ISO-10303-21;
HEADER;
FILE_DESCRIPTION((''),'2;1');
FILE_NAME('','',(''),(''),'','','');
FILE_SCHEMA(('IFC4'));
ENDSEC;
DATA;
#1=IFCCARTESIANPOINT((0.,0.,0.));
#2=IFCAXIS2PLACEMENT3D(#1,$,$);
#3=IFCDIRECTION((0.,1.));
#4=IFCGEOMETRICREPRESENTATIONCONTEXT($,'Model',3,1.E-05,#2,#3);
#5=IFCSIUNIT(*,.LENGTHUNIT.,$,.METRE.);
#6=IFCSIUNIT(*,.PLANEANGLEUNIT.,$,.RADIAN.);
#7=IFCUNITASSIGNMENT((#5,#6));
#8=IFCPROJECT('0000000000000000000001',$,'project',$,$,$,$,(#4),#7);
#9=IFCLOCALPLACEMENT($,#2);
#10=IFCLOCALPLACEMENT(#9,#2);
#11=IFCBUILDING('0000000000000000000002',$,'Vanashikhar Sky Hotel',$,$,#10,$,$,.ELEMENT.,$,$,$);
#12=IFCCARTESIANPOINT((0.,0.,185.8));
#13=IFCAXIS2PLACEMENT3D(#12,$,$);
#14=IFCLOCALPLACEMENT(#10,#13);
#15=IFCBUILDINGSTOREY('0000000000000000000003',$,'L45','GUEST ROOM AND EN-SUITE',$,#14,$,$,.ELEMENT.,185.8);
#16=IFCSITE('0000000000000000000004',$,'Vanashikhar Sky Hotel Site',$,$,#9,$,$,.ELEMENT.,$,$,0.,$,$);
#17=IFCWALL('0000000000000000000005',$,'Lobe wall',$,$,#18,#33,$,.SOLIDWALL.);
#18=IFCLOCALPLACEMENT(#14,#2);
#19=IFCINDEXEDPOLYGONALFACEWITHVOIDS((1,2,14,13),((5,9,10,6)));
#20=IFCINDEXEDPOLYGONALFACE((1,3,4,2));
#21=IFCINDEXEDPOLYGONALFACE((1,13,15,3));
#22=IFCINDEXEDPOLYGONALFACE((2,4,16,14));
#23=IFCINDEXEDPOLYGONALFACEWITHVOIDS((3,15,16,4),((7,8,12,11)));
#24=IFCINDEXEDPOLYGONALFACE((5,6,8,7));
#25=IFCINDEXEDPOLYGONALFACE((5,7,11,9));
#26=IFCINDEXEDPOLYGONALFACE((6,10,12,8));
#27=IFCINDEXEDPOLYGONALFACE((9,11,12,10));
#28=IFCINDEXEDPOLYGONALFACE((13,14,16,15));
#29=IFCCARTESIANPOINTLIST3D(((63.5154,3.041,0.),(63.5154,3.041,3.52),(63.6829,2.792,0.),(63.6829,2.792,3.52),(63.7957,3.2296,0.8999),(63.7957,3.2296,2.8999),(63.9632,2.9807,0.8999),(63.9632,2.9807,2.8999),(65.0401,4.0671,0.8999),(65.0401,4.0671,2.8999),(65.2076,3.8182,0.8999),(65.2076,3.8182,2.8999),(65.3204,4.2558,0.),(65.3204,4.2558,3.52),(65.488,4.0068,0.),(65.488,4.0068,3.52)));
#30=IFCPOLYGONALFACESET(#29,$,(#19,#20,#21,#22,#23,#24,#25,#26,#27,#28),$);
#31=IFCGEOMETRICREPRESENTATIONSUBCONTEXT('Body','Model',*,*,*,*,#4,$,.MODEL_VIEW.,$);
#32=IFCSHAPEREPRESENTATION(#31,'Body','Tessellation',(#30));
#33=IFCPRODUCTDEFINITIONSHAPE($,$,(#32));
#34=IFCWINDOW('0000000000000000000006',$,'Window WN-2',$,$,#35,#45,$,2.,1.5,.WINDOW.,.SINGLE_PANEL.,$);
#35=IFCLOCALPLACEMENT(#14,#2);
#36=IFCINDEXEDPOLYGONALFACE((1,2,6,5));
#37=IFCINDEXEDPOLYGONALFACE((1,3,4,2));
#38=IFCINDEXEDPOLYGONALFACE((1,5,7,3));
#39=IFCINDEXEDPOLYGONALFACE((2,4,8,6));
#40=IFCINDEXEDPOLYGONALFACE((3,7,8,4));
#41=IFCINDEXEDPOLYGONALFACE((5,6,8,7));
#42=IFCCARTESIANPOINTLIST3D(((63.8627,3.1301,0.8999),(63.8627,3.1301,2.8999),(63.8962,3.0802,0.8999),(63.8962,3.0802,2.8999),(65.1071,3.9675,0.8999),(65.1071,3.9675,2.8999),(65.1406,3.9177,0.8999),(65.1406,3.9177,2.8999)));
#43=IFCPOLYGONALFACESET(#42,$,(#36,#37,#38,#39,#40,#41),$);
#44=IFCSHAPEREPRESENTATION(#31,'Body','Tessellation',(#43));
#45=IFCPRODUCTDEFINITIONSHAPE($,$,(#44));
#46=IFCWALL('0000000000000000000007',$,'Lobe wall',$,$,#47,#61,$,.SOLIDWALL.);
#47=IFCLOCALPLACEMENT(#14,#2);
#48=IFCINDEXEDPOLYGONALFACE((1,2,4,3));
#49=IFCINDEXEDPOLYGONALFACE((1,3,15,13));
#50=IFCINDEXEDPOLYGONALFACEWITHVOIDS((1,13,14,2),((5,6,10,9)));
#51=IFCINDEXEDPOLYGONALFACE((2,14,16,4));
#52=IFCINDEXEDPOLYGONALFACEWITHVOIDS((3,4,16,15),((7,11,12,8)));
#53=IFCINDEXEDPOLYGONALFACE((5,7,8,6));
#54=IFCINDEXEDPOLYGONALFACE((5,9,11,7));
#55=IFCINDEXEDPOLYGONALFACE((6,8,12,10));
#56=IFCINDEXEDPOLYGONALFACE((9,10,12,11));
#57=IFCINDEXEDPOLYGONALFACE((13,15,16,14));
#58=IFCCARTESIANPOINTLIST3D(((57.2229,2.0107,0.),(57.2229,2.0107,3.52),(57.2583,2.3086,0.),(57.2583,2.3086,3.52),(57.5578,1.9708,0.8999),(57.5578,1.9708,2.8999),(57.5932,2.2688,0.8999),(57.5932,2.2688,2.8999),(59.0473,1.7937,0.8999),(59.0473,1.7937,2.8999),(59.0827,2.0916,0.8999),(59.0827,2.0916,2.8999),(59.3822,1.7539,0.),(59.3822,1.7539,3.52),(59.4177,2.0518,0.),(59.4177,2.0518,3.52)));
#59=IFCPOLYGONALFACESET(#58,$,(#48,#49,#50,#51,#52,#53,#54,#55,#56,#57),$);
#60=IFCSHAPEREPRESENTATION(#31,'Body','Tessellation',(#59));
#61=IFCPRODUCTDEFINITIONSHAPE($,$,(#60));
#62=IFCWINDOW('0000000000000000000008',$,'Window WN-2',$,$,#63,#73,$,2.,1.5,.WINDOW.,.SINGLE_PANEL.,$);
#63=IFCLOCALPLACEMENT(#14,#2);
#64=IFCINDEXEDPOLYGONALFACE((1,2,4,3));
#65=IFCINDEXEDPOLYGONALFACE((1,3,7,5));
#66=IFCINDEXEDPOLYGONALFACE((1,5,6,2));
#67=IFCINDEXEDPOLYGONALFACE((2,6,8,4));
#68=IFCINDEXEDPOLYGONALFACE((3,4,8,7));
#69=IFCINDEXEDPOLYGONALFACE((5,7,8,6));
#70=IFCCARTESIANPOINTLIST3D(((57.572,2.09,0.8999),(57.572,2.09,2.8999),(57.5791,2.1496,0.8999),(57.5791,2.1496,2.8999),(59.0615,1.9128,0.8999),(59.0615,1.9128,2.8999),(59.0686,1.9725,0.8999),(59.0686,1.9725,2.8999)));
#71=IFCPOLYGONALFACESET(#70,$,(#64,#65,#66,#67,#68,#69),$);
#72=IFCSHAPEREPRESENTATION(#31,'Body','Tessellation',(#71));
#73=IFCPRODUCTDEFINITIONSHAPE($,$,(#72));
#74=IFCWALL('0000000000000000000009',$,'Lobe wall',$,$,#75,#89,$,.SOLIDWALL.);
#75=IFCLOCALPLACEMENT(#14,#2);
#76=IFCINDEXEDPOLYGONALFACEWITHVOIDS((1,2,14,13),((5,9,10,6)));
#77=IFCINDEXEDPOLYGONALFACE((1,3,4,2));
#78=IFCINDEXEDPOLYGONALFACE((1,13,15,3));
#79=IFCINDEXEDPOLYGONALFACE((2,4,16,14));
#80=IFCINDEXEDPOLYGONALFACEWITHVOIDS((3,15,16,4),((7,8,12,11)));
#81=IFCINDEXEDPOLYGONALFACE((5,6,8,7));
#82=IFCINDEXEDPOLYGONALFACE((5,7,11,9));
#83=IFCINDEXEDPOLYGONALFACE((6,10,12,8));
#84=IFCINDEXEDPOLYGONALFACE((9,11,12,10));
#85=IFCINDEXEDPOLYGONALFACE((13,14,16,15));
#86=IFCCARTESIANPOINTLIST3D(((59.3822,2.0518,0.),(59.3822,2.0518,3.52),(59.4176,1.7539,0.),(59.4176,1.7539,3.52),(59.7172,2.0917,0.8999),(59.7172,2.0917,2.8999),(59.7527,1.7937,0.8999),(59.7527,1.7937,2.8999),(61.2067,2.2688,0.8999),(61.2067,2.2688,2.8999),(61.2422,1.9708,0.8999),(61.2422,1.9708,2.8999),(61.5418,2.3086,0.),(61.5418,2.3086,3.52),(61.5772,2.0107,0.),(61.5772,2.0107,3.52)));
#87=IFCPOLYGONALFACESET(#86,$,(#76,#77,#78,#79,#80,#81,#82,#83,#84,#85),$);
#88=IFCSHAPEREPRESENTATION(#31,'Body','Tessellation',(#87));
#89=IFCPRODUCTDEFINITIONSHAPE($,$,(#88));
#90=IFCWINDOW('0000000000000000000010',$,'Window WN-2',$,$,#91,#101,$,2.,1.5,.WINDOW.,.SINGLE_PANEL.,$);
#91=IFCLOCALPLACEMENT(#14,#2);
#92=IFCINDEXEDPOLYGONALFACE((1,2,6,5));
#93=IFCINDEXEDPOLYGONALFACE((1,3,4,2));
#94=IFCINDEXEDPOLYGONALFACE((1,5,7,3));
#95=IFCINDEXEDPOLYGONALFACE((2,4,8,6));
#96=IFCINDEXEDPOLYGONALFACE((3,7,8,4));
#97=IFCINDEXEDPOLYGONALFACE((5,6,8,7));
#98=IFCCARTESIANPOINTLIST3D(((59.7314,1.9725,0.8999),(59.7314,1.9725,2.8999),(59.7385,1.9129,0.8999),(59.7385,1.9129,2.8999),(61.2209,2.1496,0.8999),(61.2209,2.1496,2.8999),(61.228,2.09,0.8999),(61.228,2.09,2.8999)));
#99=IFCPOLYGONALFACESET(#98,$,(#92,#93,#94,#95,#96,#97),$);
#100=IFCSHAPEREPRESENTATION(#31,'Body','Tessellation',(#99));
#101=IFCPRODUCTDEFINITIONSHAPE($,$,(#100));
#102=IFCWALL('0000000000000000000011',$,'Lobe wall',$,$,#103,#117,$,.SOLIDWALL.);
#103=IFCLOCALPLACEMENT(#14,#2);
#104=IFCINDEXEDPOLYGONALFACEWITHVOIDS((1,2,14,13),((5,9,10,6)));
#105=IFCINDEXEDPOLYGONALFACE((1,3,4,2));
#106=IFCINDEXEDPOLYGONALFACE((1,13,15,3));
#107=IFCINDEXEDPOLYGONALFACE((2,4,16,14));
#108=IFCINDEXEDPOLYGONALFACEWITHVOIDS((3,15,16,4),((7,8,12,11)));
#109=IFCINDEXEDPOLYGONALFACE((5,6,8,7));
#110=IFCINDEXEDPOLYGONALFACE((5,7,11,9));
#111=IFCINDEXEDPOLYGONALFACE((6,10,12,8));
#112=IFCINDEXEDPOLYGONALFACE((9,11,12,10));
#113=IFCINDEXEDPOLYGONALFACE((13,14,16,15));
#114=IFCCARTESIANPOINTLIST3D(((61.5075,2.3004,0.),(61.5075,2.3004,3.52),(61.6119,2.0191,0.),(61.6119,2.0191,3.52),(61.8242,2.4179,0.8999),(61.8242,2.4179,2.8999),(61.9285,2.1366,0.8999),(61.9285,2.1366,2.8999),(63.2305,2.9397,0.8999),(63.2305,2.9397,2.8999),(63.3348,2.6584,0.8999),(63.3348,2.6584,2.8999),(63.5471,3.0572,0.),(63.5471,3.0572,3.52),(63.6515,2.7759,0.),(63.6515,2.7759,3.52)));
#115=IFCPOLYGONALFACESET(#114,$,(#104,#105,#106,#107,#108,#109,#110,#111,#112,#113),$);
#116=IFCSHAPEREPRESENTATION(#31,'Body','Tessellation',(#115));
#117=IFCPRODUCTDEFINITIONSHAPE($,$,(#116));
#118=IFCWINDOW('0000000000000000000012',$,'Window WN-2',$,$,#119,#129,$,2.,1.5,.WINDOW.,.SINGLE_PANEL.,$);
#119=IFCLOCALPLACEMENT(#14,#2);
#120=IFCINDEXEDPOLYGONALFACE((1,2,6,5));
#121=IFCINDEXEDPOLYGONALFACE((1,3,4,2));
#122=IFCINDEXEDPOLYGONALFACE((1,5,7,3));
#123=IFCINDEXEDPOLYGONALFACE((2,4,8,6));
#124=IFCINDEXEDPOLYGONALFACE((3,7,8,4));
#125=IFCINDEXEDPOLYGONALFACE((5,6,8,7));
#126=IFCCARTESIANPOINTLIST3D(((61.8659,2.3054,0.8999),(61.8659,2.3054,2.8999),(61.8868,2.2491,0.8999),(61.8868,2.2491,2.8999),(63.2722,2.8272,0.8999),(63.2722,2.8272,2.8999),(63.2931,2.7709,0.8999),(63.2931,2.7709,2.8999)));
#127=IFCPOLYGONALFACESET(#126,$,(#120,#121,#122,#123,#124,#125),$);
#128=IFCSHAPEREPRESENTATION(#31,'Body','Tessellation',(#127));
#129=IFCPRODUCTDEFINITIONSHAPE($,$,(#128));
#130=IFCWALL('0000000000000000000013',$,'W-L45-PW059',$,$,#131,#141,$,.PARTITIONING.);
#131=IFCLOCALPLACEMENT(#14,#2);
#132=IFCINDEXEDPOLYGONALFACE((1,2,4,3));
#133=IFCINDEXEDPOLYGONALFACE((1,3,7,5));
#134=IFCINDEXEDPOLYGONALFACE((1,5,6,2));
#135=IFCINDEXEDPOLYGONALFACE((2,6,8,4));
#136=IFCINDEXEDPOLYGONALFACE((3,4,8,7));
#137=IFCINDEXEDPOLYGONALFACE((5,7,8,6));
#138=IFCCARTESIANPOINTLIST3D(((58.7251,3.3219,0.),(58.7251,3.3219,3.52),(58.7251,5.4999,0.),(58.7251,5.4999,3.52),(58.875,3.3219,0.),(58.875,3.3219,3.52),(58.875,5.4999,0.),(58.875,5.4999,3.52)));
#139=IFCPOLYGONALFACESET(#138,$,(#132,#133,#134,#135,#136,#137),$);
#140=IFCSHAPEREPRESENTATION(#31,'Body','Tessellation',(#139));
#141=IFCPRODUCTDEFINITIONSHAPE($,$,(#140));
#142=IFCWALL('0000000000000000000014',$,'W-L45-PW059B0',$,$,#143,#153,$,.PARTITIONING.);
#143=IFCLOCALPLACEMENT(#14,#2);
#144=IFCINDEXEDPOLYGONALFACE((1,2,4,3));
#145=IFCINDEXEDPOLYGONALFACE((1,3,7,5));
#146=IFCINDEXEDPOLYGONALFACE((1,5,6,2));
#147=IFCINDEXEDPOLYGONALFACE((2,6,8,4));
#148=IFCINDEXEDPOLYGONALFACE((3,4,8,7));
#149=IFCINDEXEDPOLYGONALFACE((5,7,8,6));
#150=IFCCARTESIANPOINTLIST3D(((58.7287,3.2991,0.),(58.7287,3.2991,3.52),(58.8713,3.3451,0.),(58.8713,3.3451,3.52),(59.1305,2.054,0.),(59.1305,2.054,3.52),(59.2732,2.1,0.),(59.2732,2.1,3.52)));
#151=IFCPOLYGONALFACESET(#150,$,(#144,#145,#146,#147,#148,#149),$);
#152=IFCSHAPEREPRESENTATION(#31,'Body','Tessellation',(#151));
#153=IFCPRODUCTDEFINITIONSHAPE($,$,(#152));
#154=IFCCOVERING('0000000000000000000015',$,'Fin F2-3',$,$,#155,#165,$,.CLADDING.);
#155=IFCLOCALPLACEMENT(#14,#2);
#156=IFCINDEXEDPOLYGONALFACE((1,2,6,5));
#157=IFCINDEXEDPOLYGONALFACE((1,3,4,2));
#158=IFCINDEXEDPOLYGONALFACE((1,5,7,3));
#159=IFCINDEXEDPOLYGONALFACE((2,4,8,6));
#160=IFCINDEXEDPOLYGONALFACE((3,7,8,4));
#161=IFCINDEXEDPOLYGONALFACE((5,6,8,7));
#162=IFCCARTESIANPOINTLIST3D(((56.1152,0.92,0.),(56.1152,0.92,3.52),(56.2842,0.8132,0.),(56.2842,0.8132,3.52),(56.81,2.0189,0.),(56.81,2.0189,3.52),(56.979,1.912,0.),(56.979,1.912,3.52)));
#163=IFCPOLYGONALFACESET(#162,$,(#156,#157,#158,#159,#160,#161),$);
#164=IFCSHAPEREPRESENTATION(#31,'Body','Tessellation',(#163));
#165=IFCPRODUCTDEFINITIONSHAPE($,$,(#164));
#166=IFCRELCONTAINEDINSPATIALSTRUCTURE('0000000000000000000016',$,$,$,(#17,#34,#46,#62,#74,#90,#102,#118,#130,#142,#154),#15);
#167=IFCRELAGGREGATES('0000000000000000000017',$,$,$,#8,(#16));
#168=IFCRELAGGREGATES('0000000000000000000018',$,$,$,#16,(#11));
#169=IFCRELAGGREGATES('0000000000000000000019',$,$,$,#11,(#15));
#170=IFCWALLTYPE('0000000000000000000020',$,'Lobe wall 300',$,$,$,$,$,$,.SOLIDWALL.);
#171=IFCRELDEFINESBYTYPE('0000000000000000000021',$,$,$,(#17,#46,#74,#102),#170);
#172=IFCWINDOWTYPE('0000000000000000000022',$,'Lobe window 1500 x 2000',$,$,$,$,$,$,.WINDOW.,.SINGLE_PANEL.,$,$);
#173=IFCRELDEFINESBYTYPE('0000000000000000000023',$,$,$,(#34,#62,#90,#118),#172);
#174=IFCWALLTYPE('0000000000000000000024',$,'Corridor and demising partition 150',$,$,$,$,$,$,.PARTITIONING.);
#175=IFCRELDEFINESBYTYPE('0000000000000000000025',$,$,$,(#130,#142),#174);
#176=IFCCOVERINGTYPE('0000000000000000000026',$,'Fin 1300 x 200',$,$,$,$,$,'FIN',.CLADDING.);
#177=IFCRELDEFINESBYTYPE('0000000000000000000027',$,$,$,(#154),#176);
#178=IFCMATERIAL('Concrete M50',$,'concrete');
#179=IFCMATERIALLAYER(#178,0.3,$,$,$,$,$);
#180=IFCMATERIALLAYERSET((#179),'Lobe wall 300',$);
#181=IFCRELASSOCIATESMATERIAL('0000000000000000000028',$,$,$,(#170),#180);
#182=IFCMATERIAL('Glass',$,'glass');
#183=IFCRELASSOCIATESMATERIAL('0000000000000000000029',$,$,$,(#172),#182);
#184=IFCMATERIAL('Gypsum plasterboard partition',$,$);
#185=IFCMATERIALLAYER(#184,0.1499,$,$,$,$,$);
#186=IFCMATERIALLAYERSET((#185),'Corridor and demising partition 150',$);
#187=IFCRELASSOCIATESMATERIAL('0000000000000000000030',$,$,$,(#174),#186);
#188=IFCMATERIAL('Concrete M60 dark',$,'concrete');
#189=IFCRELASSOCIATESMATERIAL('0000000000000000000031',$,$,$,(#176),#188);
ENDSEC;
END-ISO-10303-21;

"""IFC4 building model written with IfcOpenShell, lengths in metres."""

from ifc_helpers import new_model, si_unit, direction, frame, frame_2d, origin, origin_2d, place, context, subcontext, project, spatial, rectangle, extrude, source, transform, mapped, material, layer, layer_set, material_profile, profile_set, type_object, element, fill, save


model = new_model("IFC4")

# Units and contexts
model_context = context("Model", 3, precision=1e-05, world=origin(), true_north=direction((0.0, 1.0)))
body_context = subcontext(model_context, "Body", "Model", "MODEL_VIEW")
ifc_project = project(units=[si_unit("LENGTHUNIT", "METRE"), si_unit("PLANEANGLEUNIT", "RADIAN")], contexts=[model_context])

# Site, building, storey
site_placement = place(None, origin())
site = spatial("IfcSite", under=ifc_project, at=site_placement, Name="Vanashikhar Sky Hotel Site", CompositionType="ELEMENT", RefElevation=0.0)
building_placement = place(site_placement, origin())
building = spatial("IfcBuilding", under=site, at=building_placement, Name="Vanashikhar Sky Hotel", CompositionType="ELEMENT")
storey_placement = place(building_placement, frame((0.0, 0.0, 185.8)))
storey = spatial("IfcBuildingStorey", under=building, at=storey_placement, Name="L45", Description="GUEST ROOM AND EN-SUITE", CompositionType="ELEMENT", Elevation=185.8)

# Walls, openings, windows
ifc_material_1 = material(Name="Concrete M50", Category="concrete")
ifc_layer_1 = layer(ifc_material_1, 0.3)
ifc_layer_set_1 = layer_set([ifc_layer_1], Name="Lobe wall 300")
wall_type_1 = type_object("IfcWallType", Name="Lobe wall 300", PredefinedType="SOLIDWALL", material=ifc_layer_set_1)
shared_shape_1 = source(origin(), body_context, "Body", "SweptSolid", [
    extrude(rectangle(XDim=2.1758, YDim=0.3, at=frame_2d((1.0879, 0.0))), origin(), (0.0, 0.0, 1.0), 3.52),
])
wall_1_placement = place(storey_placement, frame((63.5991, 2.9165, 0.0), z_axis=(0.0, 0.0, 1.0), x_axis=(0.829626, 0.55832, 0.0)))
wall_1 = element("IfcWall", 1, at=wall_1_placement, inside=storey, type_object=wall_type_1, Name="Lobe wall", PredefinedType="SOLIDWALL", context=body_context, shape_type="MappedRepresentation", body=[
    mapped(shared_shape_1, transform((0.0, 0.0, 0.0), scale=1.0)),
])
shared_shape_2 = source(origin(), body_context, "Body", "SweptSolid", [
    extrude(rectangle(XDim=1.5, YDim=2.0, at=frame_2d((0.75, 1.0))), frame((0.0, 0.1602, 0.0), z_axis=(0.0, -1.0, 0.0), x_axis=(1.0, 0.0, 0.0)), (0.0, 0.0, 1.0), 0.3201),
])
opening_1_placement = place(wall_1_placement, frame((0.3379, 0.0, 0.8999)))
opening_1 = element("IfcOpeningElement", 2, at=opening_1_placement, cuts=wall_1, PredefinedType="OPENING", context=body_context, shape_type="MappedRepresentation", body=[
    mapped(shared_shape_2, transform((0.0, 0.0, 0.0), scale=1.0)),
])
ifc_material_2 = material(Name="Glass", Category="glass")
window_type = type_object("IfcWindowType", Name="Lobe window 1500 x 2000", PartitioningType="SINGLE_PANEL", PredefinedType="WINDOW", material=ifc_material_2)
shared_shape_3 = source(origin(), body_context, "Body", "SweptSolid", [
    extrude(rectangle(XDim=1.5, YDim=2.0, at=frame_2d((0.75, 1.0))), frame((0.0, 0.03, 0.0), z_axis=(0.0, -1.0, 0.0), x_axis=(1.0, 0.0, 0.0)), (0.0, 0.0, 1.0), 0.0601),
])
window_1_placement = place(opening_1_placement, origin())
window_1 = element("IfcWindow", 3, at=window_1_placement, inside=storey, type_object=window_type, Name="Window WN-2", OverallHeight=2.0, OverallWidth=1.5, PartitioningType="SINGLE_PANEL", PredefinedType="WINDOW", context=body_context, shape_type="MappedRepresentation", body=[
    mapped(shared_shape_3, transform((0.0, 0.0, 0.0), scale=1.0)),
])
fill(opening_1, window_1)
shared_shape_4 = source(origin(), body_context, "Body", "SweptSolid", [
    extrude(rectangle(XDim=2.1746, YDim=0.3, at=frame_2d((1.0874, 0.0))), origin(), (0.0, 0.0, 1.0), 3.52),
])
wall_2_placement = place(storey_placement, frame((57.2405, 2.1597, 0.0), z_axis=(0.0, 0.0, 1.0), x_axis=(0.993001, -0.118105, 0.0)))
wall_2 = element("IfcWall", 4, at=wall_2_placement, inside=storey, type_object=wall_type_1, Name="Lobe wall", PredefinedType="SOLIDWALL", context=body_context, shape_type="MappedRepresentation", body=[
    mapped(shared_shape_4, transform((0.0, 0.0, 0.0), scale=1.0)),
])
opening_2_placement = place(wall_2_placement, frame((0.3374, 0.0, 0.8999)))
opening_2 = element("IfcOpeningElement", 5, at=opening_2_placement, cuts=wall_2, PredefinedType="OPENING", context=body_context, shape_type="MappedRepresentation", body=[
    mapped(shared_shape_2, transform((0.0, 0.0, 0.0), scale=1.0)),
])
window_2_placement = place(opening_2_placement, origin())
window_2 = element("IfcWindow", 6, at=window_2_placement, inside=storey, type_object=window_type, Name="Window WN-2", OverallHeight=2.0, OverallWidth=1.5, PartitioningType="SINGLE_PANEL", PredefinedType="WINDOW", context=body_context, shape_type="MappedRepresentation", body=[
    mapped(shared_shape_3, transform((0.0, 0.0, 0.0), scale=1.0)),
])
fill(opening_2, window_2)
shared_shape_5 = source(origin(), body_context, "Body", "SweptSolid", [
    extrude(rectangle(XDim=2.1748, YDim=0.3, at=frame_2d((1.0874, 0.0))), origin(), (0.0, 0.0, 1.0), 3.52),
])
wall_3_placement = place(storey_placement, frame((59.3999, 1.9028, 0.0), z_axis=(0.0, 0.0, 1.0), x_axis=(0.993003, 0.118092, 0.0)))
wall_3 = element("IfcWall", 7, at=wall_3_placement, inside=storey, type_object=wall_type_1, Name="Lobe wall", PredefinedType="SOLIDWALL", context=body_context, shape_type="MappedRepresentation", body=[
    mapped(shared_shape_5, transform((0.0, 0.0, 0.0), scale=1.0)),
])
opening_3_placement = place(wall_3_placement, frame((0.3374, 0.0, 0.8999)))
opening_3 = element("IfcOpeningElement", 8, at=opening_3_placement, cuts=wall_3, PredefinedType="OPENING", context=body_context, shape_type="MappedRepresentation", body=[
    mapped(shared_shape_2, transform((0.0, 0.0, 0.0), scale=1.0)),
])
window_3_placement = place(opening_3_placement, origin())
window_3 = element("IfcWindow", 9, at=window_3_placement, inside=storey, type_object=window_type, Name="Window WN-2", OverallHeight=2.0, OverallWidth=1.5, PartitioningType="SINGLE_PANEL", PredefinedType="WINDOW", context=body_context, shape_type="MappedRepresentation", body=[
    mapped(shared_shape_3, transform((0.0, 0.0, 0.0), scale=1.0)),
])
fill(opening_3, window_3)
shared_shape_6 = source(origin(), body_context, "Body", "SweptSolid", [
    extrude(rectangle(XDim=2.1755, YDim=0.3, at=frame_2d((1.0879, 0.0))), origin(), (0.0, 0.0, 1.0), 3.52),
])
wall_4_placement = place(storey_placement, frame((61.5596, 2.1597, 0.0), z_axis=(0.0, 0.0, 1.0), x_axis=(0.937532, 0.347899, 0.0)))
wall_4 = element("IfcWall", 10, at=wall_4_placement, inside=storey, type_object=wall_type_1, Name="Lobe wall", PredefinedType="SOLIDWALL", context=body_context, shape_type="MappedRepresentation", body=[
    mapped(shared_shape_6, transform((0.0, 0.0, 0.0), scale=1.0)),
])
opening_4_placement = place(wall_4_placement, frame((0.3379, 0.0, 0.8999)))
opening_4 = element("IfcOpeningElement", 11, at=opening_4_placement, cuts=wall_4, PredefinedType="OPENING", context=body_context, shape_type="MappedRepresentation", body=[
    mapped(shared_shape_2, transform((0.0, 0.0, 0.0), scale=1.0)),
])
window_4_placement = place(opening_4_placement, origin())
window_4 = element("IfcWindow", 12, at=window_4_placement, inside=storey, type_object=window_type, Name="Window WN-2", OverallHeight=2.0, OverallWidth=1.5, PartitioningType="SINGLE_PANEL", PredefinedType="WINDOW", context=body_context, shape_type="MappedRepresentation", body=[
    mapped(shared_shape_3, transform((0.0, 0.0, 0.0), scale=1.0)),
])
fill(opening_4, window_4)

# Walls
ifc_material_3 = material(Name="Gypsum plasterboard partition")
ifc_layer_2 = layer(ifc_material_3, 0.1499)
ifc_layer_set_2 = layer_set([ifc_layer_2], Name="Corridor and demising partition 150")
wall_type_2 = type_object("IfcWallType", Name="Corridor and demising partition 150", PredefinedType="PARTITIONING", material=ifc_layer_set_2)
shared_shape_7 = source(origin(), body_context, "Body", "SweptSolid", [
    extrude(rectangle(XDim=2.178, YDim=0.1499, at=frame_2d((1.0889, 0.0))), origin(), (0.0, 0.0, 1.0), 3.52),
])
wall_5_placement = place(storey_placement, frame((58.8, 3.322, 0.0), z_axis=(0.0, 0.0, 1.0), x_axis=(0.0, 1.0, 0.0)))
element("IfcWall", 13, at=wall_5_placement, inside=storey, type_object=wall_type_2, Name="W-L45-PW059", PredefinedType="PARTITIONING", context=body_context, shape_type="MappedRepresentation", body=[
    mapped(shared_shape_7, transform((0.0, 0.0, 0.0), scale=1.0)),
])
shared_shape_8 = source(origin(), body_context, "Body", "SweptSolid", [
    extrude(rectangle(XDim=1.3083, YDim=0.1499, at=frame_2d((0.6543, 0.0))), origin(), (0.0, 0.0, 1.0), 3.52),
])
wall_6_placement = place(storey_placement, frame((59.2019, 2.0769, 0.0), z_axis=(0.0, 0.0, 1.0), x_axis=(-0.307145, 0.951663, 0.0)))
element("IfcWall", 14, at=wall_6_placement, inside=storey, type_object=wall_type_2, Name="W-L45-PW059B0", PredefinedType="PARTITIONING", context=body_context, shape_type="MappedRepresentation", body=[
    mapped(shared_shape_8, transform((0.0, 0.0, 0.0), scale=1.0)),
])

# Covering
ifc_material_4 = material(Name="Concrete M60 dark", Category="concrete")
ifc_material_profile = material_profile(ifc_material_4, rectangle(XDim=1.3, YDim=0.2, at=origin_2d()))
ifc_profile_set = profile_set([ifc_material_profile], Name="Fin 1300 x 200")
covering_type = type_object("IfcCoveringType", Name="Fin 1300 x 200", ElementType="FIN", PredefinedType="CLADDING", material=ifc_profile_set)
shared_shape_9 = source(origin(), body_context, "Body", "SweptSolid", [
    extrude(rectangle(XDim=1.3, YDim=0.2, at=origin_2d()), origin(), (0.0, 0.0, 1.0), 3.52),
])
for number, where, z_axis, x_axis, name in (
    (15, (56.5471, 1.416, 0.0), (0.0, 0.0, 1.0), (-0.534411, -0.845225, 0.0), "Fin F2-3"),
):
    element("IfcCovering", number, at=place(storey_placement, frame(where, z_axis=z_axis, x_axis=x_axis)), inside=storey, type_object=covering_type, Name=name, PredefinedType="CLADDING", context=body_context, shape_type="MappedRepresentation", body=[
        mapped(shared_shape_9, transform((0.0, 0.0, 0.0), scale=1.0)),
    ])

save(model, "model.ifc")
